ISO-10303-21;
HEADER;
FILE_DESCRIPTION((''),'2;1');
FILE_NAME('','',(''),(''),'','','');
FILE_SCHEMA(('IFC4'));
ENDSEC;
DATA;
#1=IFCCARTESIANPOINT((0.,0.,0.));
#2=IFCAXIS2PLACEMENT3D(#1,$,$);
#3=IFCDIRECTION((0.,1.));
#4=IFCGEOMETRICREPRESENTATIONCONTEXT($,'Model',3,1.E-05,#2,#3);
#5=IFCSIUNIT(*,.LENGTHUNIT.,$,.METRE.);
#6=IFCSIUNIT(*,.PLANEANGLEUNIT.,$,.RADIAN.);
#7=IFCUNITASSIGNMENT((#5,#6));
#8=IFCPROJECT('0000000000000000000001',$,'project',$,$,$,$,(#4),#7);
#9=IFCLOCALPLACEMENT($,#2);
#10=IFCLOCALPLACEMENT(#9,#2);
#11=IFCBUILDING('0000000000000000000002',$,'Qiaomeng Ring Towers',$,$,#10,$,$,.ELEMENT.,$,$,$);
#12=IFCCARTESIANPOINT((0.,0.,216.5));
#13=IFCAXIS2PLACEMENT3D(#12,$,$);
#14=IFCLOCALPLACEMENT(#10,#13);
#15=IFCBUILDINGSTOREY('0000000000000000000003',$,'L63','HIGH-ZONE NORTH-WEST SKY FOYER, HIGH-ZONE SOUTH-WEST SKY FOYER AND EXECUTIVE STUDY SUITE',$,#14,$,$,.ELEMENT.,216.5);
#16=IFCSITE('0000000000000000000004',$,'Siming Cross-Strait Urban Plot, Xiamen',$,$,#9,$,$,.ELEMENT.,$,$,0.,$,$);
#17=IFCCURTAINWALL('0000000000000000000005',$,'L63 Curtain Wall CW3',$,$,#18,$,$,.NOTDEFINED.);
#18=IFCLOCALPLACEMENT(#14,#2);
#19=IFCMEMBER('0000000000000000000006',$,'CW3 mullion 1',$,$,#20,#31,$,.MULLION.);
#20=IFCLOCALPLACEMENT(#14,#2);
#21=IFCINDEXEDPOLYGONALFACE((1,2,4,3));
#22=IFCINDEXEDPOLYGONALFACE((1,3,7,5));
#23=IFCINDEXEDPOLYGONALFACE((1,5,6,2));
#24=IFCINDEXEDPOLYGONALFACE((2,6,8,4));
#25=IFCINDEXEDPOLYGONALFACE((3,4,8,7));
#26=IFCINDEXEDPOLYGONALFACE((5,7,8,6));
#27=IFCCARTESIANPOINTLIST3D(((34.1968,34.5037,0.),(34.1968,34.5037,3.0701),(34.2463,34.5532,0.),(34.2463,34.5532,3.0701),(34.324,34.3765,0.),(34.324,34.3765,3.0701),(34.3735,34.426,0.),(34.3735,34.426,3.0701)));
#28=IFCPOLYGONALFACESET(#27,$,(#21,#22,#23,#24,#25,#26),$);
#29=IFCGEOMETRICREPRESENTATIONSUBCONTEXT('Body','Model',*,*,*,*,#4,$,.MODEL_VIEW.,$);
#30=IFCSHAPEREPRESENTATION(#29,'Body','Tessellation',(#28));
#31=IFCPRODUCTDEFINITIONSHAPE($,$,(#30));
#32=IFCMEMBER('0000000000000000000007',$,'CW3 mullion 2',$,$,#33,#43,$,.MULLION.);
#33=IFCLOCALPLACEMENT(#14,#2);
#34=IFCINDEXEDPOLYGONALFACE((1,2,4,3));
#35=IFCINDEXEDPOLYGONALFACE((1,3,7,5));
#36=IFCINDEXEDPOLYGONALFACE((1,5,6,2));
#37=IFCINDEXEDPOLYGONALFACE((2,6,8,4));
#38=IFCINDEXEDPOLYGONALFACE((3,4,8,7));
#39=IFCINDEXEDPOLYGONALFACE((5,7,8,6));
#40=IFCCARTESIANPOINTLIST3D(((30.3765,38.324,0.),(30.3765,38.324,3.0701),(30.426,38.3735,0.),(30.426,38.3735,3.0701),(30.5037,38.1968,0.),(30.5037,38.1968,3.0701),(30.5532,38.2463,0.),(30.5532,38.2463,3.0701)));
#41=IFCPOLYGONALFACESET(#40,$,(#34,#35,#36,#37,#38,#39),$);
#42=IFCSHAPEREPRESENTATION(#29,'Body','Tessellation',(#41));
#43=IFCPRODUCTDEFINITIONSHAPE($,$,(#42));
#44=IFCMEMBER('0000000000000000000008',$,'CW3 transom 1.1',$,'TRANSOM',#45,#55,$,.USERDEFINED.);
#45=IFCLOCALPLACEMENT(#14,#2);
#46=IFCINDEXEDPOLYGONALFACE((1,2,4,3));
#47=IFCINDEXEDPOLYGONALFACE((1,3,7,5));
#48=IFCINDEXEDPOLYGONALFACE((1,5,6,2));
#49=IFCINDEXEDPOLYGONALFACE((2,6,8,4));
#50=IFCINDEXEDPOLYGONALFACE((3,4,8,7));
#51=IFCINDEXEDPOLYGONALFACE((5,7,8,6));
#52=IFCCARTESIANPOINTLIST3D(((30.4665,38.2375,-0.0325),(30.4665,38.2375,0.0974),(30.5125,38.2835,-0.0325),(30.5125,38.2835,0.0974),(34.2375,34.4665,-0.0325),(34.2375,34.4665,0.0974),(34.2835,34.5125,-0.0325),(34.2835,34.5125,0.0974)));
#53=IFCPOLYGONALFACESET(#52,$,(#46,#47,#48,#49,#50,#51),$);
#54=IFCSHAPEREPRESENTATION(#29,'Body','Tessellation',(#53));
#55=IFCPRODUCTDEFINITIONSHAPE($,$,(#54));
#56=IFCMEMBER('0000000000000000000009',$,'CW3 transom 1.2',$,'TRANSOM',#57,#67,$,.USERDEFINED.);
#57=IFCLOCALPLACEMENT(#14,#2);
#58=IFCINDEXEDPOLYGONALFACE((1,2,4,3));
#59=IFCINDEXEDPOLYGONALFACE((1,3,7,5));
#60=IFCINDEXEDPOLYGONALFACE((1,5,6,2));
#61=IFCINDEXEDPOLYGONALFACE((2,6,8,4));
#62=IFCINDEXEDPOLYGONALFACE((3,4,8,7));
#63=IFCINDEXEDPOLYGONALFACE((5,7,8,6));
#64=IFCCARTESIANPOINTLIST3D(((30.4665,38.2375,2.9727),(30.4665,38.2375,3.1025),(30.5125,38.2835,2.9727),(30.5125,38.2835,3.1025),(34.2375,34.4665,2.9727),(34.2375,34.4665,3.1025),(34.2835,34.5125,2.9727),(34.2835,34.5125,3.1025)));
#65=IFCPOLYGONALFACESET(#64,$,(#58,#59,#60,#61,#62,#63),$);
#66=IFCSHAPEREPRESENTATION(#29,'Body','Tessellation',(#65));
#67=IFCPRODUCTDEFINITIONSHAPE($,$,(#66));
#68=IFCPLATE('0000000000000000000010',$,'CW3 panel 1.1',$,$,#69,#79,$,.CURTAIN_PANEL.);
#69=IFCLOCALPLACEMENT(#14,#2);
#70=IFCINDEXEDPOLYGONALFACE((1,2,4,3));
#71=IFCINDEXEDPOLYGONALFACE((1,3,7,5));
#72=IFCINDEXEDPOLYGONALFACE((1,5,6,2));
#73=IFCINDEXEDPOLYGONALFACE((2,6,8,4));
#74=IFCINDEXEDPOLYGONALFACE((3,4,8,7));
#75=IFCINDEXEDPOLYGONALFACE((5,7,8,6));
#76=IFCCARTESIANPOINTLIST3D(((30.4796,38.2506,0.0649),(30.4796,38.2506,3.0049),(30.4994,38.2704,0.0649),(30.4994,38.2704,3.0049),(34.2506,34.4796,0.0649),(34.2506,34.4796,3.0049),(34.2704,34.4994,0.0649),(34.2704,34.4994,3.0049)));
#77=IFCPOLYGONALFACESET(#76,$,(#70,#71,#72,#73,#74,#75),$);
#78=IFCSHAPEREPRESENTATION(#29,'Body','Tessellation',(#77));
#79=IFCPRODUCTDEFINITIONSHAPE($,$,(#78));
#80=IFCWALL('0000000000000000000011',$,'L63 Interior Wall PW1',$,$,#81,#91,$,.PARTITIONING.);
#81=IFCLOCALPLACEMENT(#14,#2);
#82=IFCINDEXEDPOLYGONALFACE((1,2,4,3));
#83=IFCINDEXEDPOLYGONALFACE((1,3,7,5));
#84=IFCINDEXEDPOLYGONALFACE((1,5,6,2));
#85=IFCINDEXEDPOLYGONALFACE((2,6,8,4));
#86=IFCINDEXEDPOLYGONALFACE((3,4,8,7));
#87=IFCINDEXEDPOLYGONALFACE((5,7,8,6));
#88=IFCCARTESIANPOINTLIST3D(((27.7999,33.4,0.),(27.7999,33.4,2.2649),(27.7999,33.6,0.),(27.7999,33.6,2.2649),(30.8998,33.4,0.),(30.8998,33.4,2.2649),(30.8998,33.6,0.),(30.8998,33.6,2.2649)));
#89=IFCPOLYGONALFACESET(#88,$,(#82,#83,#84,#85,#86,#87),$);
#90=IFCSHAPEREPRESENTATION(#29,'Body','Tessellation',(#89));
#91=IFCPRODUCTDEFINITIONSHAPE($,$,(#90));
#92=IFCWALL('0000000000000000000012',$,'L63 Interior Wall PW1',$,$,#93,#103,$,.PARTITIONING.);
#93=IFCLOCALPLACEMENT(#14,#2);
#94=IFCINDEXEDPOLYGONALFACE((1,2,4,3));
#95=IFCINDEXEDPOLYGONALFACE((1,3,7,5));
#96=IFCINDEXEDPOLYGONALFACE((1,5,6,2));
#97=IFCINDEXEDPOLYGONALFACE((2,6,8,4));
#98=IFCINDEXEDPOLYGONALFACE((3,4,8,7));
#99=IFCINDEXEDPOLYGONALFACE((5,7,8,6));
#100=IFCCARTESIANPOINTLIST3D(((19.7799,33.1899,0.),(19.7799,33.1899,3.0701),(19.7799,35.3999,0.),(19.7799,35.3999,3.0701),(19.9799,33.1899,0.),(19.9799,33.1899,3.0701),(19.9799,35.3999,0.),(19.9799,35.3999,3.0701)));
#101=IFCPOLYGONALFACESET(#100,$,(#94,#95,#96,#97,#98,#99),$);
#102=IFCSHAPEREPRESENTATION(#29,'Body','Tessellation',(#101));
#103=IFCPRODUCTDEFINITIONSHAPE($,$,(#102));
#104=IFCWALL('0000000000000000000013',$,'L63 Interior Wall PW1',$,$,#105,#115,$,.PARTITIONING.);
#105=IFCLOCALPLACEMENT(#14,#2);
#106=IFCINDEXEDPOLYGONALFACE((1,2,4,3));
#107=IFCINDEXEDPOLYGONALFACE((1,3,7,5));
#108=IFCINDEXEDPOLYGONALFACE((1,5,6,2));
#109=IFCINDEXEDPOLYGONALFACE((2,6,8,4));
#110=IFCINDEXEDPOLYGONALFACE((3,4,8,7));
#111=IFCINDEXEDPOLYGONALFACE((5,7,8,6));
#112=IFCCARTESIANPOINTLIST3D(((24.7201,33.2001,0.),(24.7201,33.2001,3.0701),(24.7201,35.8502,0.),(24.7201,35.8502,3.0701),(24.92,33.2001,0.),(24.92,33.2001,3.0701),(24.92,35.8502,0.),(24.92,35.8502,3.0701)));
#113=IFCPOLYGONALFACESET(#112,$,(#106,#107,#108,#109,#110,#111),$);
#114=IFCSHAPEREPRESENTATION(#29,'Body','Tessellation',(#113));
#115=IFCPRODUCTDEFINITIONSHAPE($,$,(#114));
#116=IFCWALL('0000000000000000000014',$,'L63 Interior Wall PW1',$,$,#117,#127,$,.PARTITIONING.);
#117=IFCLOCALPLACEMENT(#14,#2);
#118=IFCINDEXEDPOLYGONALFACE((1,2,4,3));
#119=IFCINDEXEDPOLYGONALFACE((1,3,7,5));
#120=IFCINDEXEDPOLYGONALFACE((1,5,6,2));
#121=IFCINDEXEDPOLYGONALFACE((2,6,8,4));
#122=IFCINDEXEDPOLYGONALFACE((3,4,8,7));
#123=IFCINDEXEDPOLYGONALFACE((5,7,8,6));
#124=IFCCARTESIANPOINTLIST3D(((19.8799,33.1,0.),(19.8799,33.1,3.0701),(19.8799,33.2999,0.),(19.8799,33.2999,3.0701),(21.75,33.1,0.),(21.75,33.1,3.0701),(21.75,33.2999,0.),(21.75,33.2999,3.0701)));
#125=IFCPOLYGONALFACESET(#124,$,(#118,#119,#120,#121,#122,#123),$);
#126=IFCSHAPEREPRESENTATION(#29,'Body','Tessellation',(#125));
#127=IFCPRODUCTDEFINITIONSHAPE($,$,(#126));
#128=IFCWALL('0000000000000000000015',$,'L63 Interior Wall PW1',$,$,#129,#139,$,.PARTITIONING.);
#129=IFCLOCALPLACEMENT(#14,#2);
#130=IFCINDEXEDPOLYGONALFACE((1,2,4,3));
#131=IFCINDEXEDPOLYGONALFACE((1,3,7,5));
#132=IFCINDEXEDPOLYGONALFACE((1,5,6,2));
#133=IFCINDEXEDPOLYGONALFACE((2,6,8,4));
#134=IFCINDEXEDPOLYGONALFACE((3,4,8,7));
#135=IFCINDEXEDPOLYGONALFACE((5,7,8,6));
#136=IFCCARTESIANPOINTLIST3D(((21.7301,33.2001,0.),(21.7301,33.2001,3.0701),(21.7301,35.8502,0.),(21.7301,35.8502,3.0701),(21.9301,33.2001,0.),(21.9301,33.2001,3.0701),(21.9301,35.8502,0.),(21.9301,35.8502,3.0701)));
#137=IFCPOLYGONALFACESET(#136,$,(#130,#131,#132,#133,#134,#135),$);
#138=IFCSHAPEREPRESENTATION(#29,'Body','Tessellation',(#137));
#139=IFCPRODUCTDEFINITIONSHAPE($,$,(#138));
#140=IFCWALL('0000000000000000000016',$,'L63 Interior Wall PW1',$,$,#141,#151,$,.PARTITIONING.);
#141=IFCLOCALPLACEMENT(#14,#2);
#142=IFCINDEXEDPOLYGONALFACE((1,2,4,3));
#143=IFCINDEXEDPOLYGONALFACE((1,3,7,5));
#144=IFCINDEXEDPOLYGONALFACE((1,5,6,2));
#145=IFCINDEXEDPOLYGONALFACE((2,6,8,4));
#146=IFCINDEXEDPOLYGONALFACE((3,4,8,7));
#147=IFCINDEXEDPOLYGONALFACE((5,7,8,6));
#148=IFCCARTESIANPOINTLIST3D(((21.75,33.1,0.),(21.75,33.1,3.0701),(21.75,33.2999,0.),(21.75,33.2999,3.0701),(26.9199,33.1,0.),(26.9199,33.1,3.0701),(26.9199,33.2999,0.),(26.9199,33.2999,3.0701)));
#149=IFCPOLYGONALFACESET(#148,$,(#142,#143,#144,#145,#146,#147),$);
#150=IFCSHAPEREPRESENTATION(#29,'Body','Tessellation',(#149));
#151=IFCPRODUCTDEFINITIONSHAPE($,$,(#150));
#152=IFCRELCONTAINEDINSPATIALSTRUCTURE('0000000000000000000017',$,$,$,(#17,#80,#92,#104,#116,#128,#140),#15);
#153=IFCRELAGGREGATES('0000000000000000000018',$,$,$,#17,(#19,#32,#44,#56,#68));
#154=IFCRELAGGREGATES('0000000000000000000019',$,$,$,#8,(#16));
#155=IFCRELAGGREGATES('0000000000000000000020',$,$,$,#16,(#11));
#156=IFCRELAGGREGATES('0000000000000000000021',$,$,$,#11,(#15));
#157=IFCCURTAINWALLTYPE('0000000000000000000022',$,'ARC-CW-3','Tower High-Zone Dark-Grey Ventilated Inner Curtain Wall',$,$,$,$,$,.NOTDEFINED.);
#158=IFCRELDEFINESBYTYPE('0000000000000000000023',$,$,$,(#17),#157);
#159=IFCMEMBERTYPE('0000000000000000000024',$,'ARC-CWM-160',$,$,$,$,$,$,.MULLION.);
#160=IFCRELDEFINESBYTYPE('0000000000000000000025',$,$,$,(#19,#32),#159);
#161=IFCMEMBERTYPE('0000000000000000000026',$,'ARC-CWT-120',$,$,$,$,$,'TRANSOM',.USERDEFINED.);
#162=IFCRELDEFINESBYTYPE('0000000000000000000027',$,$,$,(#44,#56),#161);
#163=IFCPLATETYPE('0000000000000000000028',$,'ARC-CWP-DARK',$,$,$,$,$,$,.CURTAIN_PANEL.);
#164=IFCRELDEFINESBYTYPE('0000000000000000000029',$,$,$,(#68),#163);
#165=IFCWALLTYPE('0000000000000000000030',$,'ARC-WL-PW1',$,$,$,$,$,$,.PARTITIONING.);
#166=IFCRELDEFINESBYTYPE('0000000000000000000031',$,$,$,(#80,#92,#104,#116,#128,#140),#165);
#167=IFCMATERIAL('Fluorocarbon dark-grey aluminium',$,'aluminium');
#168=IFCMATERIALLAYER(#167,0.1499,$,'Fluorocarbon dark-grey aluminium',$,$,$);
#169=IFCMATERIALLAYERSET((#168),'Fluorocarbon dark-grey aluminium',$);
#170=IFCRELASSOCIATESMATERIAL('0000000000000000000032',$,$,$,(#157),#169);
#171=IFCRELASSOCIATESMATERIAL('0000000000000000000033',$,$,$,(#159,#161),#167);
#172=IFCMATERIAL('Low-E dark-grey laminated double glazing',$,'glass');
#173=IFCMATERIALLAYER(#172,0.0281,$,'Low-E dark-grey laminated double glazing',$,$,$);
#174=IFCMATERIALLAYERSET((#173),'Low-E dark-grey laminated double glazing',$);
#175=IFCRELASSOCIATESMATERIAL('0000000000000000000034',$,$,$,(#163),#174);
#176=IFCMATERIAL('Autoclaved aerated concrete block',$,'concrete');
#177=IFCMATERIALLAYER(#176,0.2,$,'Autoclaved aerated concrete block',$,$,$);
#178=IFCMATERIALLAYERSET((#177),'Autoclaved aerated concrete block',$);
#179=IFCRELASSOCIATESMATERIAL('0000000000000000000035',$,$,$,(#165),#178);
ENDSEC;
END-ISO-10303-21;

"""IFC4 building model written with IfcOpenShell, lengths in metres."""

from ifc_helpers import new_model, si_unit, direction, frame, frame_2d, origin, origin_2d, place, context, subcontext, project, spatial, rectangle, extrude, source, transform, mapped, material, layer, layer_set, material_profile, profile_set, type_object, element, aggregate, save


model = new_model("IFC4")

# Units and contexts
model_context = context("Model", 3, precision=1e-05, world=origin(), true_north=direction((0.0, 1.0)))
body_context = subcontext(model_context, "Body", "Model", "MODEL_VIEW")
ifc_project = project(units=[si_unit("LENGTHUNIT", "METRE"), si_unit("PLANEANGLEUNIT", "RADIAN")], contexts=[model_context])

# Site, building, storey
site_placement = place(None, origin())
site = spatial("IfcSite", under=ifc_project, at=site_placement, Name="Siming Cross-Strait Urban Plot, Xiamen", CompositionType="ELEMENT", RefElevation=0.0)
building_placement = place(site_placement, origin())
building = spatial("IfcBuilding", under=site, at=building_placement, Name="Qiaomeng Ring Towers", CompositionType="ELEMENT")
storey_placement = place(building_placement, frame((0.0, 0.0, 216.5)))
storey = spatial("IfcBuildingStorey", under=building, at=storey_placement, Name="L63", Description="HIGH-ZONE NORTH-WEST SKY FOYER, HIGH-ZONE SOUTH-WEST SKY FOYER AND EXECUTIVE STUDY SUITE", CompositionType="ELEMENT", Elevation=216.5)

# Curtain wall, members, plate
ifc_material_1 = material(Name="Fluorocarbon dark-grey aluminium", Category="aluminium")
ifc_layer_1 = layer(ifc_material_1, 0.1499, Name="Fluorocarbon dark-grey aluminium")
ifc_layer_set_1 = layer_set([ifc_layer_1], Name="Fluorocarbon dark-grey aluminium")
curtain_wall_type = type_object("IfcCurtainWallType", Name="ARC-CW-3", Description="Tower High-Zone Dark-Grey Ventilated Inner Curtain Wall", PredefinedType="NOTDEFINED", material=ifc_layer_set_1)
curtain_wall_placement = place(storey_placement, origin())
curtain_wall = element("IfcCurtainWall", 1, at=curtain_wall_placement, inside=storey, type_object=curtain_wall_type, Name="L63 Curtain Wall CW3", PredefinedType="NOTDEFINED")
ifc_material_profile_1 = material_profile(ifc_material_1, rectangle(XDim=0.0701, YDim=0.1799, at=origin_2d()), Name="ALU MULL 70x180")
ifc_profile_set_1 = profile_set([ifc_material_profile_1], Name="Fluorocarbon dark-grey aluminium")
member_type_1 = type_object("IfcMemberType", Name="ARC-CWM-160", PredefinedType="MULLION", material=ifc_profile_set_1)
shared_shape_1 = source(origin(), body_context, "Body", "SweptSolid", [
    extrude(rectangle(XDim=0.0701, YDim=0.1799, at=origin_2d()), origin(), (0.0, 0.0, 1.0), 3.0701),
])
member_1_placement = place(storey_placement, frame((34.2852, 34.4648, 0.0), z_axis=(0.0, 0.0, 1.0), x_axis=(-0.707107, -0.707107, 0.0)))
member_1 = element("IfcMember", 2, at=member_1_placement, type_object=member_type_1, Name="CW3 mullion 1", PredefinedType="MULLION", context=body_context, shape_type="MappedRepresentation", body=[
    mapped(shared_shape_1, transform((0.0, 0.0, 0.0), x_axis=(1.0, 0.0, 0.0), y_axis=(0.0, 1.0, 0.0), z_axis=(0.0, 0.0, 1.0), scale=1.0)),
])
member_2_placement = place(storey_placement, frame((30.4648, 38.2852, 0.0), z_axis=(0.0, 0.0, 1.0), x_axis=(-0.707107, -0.707107, 0.0)))
member_2 = element("IfcMember", 3, at=member_2_placement, type_object=member_type_1, Name="CW3 mullion 2", PredefinedType="MULLION", context=body_context, shape_type="MappedRepresentation", body=[
    mapped(shared_shape_1, transform((0.0, 0.0, 0.0), x_axis=(1.0, 0.0, 0.0), y_axis=(0.0, 1.0, 0.0), z_axis=(0.0, 0.0, 1.0), scale=1.0)),
])
ifc_material_profile_2 = material_profile(ifc_material_1, rectangle(XDim=0.0649, YDim=0.1299, at=origin_2d()), Name="ALU TRAN 65x130")
ifc_profile_set_2 = profile_set([ifc_material_profile_2], Name="Fluorocarbon dark-grey aluminium")
member_type_2 = type_object("IfcMemberType", Name="ARC-CWT-120", ElementType="TRANSOM", PredefinedType="USERDEFINED", material=ifc_profile_set_2)
shared_shape_2 = source(origin(), body_context, "Body", "SweptSolid", [
    extrude(rectangle(XDim=0.0649, YDim=0.1299, at=origin_2d()), origin(), (0.0, 0.0, 1.0), 5.333),
])
member_3_placement = place(storey_placement, frame((34.2605, 34.4895, 0.0325), z_axis=(-0.707107, 0.707107, 0.0), x_axis=(-0.707107, -0.707107, 0.0)))
member_3 = element("IfcMember", 4, at=member_3_placement, type_object=member_type_2, Name="CW3 transom 1.1", ObjectType="TRANSOM", PredefinedType="USERDEFINED", context=body_context, shape_type="MappedRepresentation", body=[
    mapped(shared_shape_2, transform((0.0, 0.0, 0.0), x_axis=(1.0, 0.0, 0.0), y_axis=(0.0, 1.0, 0.0), z_axis=(0.0, 0.0, 1.0), scale=1.0)),
])
member_4_placement = place(storey_placement, frame((34.2605, 34.4895, 3.0376), z_axis=(-0.707107, 0.707107, 0.0), x_axis=(-0.707107, -0.707107, 0.0)))
member_4 = element("IfcMember", 5, at=member_4_placement, type_object=member_type_2, Name="CW3 transom 1.2", ObjectType="TRANSOM", PredefinedType="USERDEFINED", context=body_context, shape_type="MappedRepresentation", body=[
    mapped(shared_shape_2, transform((0.0, 0.0, 0.0), x_axis=(1.0, 0.0, 0.0), y_axis=(0.0, 1.0, 0.0), z_axis=(0.0, 0.0, 1.0), scale=1.0)),
])
ifc_material_2 = material(Name="Low-E dark-grey laminated double glazing", Category="glass")
ifc_layer_2 = layer(ifc_material_2, 0.0281, Name="Low-E dark-grey laminated double glazing")
ifc_layer_set_2 = layer_set([ifc_layer_2], Name="Low-E dark-grey laminated double glazing")
plate_type = type_object("IfcPlateType", Name="ARC-CWP-DARK", PredefinedType="CURTAIN_PANEL", material=ifc_layer_set_2)
shared_shape_3 = source(origin(), body_context, "Body", "SweptSolid", [
    extrude(rectangle(XDim=5.333, YDim=0.0281, at=origin_2d()), origin(), (0.0, 0.0, 1.0), 2.9399),
])
plate_placement = place(storey_placement, frame((32.375, 36.375, 0.0649), z_axis=(0.0, 0.0, 1.0), x_axis=(-0.707107, 0.707107, 0.0)))
plate = element("IfcPlate", 6, at=plate_placement, type_object=plate_type, Name="CW3 panel 1.1", PredefinedType="CURTAIN_PANEL", context=body_context, shape_type="MappedRepresentation", body=[
    mapped(shared_shape_3, transform((0.0, 0.0, 0.0), x_axis=(1.0, 0.0, 0.0), y_axis=(0.0, 1.0, 0.0), z_axis=(0.0, 0.0, 1.0), scale=1.0)),
])
aggregate(curtain_wall, [member_1, member_2, member_3, member_4, plate])

# Walls
ifc_material_3 = material(Name="Autoclaved aerated concrete block", Category="concrete")
ifc_layer_3 = layer(ifc_material_3, 0.2, Name="Autoclaved aerated concrete block")
ifc_layer_set_3 = layer_set([ifc_layer_3], Name="Autoclaved aerated concrete block")
wall_type_1 = type_object("IfcWallType", Name="ARC-WL-PW1", PredefinedType="PARTITIONING", material=ifc_layer_set_3)
wall_1_placement = place(storey_placement, frame((27.8, 33.5, 0.0), z_axis=(0.0, 0.0, 1.0), x_axis=(1.0, 0.0, 0.0)))
element("IfcWall", 7, at=wall_1_placement, inside=storey, type_object=wall_type_1, Name="L63 Interior Wall PW1", PredefinedType="PARTITIONING", context=body_context, shape_type="SweptSolid", body=[
    extrude(rectangle(XDim=3.0999, YDim=0.2, at=frame_2d((1.5498, 0.0))), origin(), (0.0, 0.0, 1.0), 2.2649),
])
wall_2_placement = place(storey_placement, frame((19.8799, 33.1899, 0.0), z_axis=(0.0, 0.0, 1.0), x_axis=(0.0, 1.0, 0.0)))
element("IfcWall", 8, at=wall_2_placement, inside=storey, type_object=wall_type_1, Name="L63 Interior Wall PW1", PredefinedType="PARTITIONING", context=body_context, shape_type="SweptSolid", body=[
    extrude(rectangle(XDim=2.21, YDim=0.2, at=frame_2d((1.105, 0.0))), origin(), (0.0, 0.0, 1.0), 3.0701),
])
wall_3_placement = place(storey_placement, frame((24.8201, 33.2, 0.0), z_axis=(0.0, 0.0, 1.0), x_axis=(0.0, 1.0, 0.0)))
element("IfcWall", 9, at=wall_3_placement, inside=storey, type_object=wall_type_1, Name="L63 Interior Wall PW1", PredefinedType="PARTITIONING", context=body_context, shape_type="SweptSolid", body=[
    extrude(rectangle(XDim=2.6501, YDim=0.2, at=frame_2d((1.3252, 0.0))), origin(), (0.0, 0.0, 1.0), 3.0701),
])
wall_4_placement = place(storey_placement, frame((19.8799, 33.2, 0.0), z_axis=(0.0, 0.0, 1.0), x_axis=(1.0, 0.0, 0.0)))
element("IfcWall", 10, at=wall_4_placement, inside=storey, type_object=wall_type_1, Name="L63 Interior Wall PW1", PredefinedType="PARTITIONING", context=body_context, shape_type="SweptSolid", body=[
    extrude(rectangle(XDim=1.8701, YDim=0.2, at=frame_2d((0.9351, 0.0))), origin(), (0.0, 0.0, 1.0), 3.0701),
])
wall_5_placement = place(storey_placement, frame((21.8301, 33.2, 0.0), z_axis=(0.0, 0.0, 1.0), x_axis=(0.0, 1.0, 0.0)))
element("IfcWall", 11, at=wall_5_placement, inside=storey, type_object=wall_type_1, Name="L63 Interior Wall PW1", PredefinedType="PARTITIONING", context=body_context, shape_type="SweptSolid", body=[
    extrude(rectangle(XDim=2.6501, YDim=0.2, at=frame_2d((1.3252, 0.0))), origin(), (0.0, 0.0, 1.0), 3.0701),
])
wall_6_placement = place(storey_placement, frame((21.75, 33.2, 0.0), z_axis=(0.0, 0.0, 1.0), x_axis=(1.0, 0.0, 0.0)))
element("IfcWall", 12, at=wall_6_placement, inside=storey, type_object=wall_type_1, Name="L63 Interior Wall PW1", PredefinedType="PARTITIONING", context=body_context, shape_type="SweptSolid", body=[
    extrude(rectangle(XDim=5.1699, YDim=0.2, at=frame_2d((2.585, 0.0))), origin(), (0.0, 0.0, 1.0), 3.0701),
])

save(model, "model.ifc")
